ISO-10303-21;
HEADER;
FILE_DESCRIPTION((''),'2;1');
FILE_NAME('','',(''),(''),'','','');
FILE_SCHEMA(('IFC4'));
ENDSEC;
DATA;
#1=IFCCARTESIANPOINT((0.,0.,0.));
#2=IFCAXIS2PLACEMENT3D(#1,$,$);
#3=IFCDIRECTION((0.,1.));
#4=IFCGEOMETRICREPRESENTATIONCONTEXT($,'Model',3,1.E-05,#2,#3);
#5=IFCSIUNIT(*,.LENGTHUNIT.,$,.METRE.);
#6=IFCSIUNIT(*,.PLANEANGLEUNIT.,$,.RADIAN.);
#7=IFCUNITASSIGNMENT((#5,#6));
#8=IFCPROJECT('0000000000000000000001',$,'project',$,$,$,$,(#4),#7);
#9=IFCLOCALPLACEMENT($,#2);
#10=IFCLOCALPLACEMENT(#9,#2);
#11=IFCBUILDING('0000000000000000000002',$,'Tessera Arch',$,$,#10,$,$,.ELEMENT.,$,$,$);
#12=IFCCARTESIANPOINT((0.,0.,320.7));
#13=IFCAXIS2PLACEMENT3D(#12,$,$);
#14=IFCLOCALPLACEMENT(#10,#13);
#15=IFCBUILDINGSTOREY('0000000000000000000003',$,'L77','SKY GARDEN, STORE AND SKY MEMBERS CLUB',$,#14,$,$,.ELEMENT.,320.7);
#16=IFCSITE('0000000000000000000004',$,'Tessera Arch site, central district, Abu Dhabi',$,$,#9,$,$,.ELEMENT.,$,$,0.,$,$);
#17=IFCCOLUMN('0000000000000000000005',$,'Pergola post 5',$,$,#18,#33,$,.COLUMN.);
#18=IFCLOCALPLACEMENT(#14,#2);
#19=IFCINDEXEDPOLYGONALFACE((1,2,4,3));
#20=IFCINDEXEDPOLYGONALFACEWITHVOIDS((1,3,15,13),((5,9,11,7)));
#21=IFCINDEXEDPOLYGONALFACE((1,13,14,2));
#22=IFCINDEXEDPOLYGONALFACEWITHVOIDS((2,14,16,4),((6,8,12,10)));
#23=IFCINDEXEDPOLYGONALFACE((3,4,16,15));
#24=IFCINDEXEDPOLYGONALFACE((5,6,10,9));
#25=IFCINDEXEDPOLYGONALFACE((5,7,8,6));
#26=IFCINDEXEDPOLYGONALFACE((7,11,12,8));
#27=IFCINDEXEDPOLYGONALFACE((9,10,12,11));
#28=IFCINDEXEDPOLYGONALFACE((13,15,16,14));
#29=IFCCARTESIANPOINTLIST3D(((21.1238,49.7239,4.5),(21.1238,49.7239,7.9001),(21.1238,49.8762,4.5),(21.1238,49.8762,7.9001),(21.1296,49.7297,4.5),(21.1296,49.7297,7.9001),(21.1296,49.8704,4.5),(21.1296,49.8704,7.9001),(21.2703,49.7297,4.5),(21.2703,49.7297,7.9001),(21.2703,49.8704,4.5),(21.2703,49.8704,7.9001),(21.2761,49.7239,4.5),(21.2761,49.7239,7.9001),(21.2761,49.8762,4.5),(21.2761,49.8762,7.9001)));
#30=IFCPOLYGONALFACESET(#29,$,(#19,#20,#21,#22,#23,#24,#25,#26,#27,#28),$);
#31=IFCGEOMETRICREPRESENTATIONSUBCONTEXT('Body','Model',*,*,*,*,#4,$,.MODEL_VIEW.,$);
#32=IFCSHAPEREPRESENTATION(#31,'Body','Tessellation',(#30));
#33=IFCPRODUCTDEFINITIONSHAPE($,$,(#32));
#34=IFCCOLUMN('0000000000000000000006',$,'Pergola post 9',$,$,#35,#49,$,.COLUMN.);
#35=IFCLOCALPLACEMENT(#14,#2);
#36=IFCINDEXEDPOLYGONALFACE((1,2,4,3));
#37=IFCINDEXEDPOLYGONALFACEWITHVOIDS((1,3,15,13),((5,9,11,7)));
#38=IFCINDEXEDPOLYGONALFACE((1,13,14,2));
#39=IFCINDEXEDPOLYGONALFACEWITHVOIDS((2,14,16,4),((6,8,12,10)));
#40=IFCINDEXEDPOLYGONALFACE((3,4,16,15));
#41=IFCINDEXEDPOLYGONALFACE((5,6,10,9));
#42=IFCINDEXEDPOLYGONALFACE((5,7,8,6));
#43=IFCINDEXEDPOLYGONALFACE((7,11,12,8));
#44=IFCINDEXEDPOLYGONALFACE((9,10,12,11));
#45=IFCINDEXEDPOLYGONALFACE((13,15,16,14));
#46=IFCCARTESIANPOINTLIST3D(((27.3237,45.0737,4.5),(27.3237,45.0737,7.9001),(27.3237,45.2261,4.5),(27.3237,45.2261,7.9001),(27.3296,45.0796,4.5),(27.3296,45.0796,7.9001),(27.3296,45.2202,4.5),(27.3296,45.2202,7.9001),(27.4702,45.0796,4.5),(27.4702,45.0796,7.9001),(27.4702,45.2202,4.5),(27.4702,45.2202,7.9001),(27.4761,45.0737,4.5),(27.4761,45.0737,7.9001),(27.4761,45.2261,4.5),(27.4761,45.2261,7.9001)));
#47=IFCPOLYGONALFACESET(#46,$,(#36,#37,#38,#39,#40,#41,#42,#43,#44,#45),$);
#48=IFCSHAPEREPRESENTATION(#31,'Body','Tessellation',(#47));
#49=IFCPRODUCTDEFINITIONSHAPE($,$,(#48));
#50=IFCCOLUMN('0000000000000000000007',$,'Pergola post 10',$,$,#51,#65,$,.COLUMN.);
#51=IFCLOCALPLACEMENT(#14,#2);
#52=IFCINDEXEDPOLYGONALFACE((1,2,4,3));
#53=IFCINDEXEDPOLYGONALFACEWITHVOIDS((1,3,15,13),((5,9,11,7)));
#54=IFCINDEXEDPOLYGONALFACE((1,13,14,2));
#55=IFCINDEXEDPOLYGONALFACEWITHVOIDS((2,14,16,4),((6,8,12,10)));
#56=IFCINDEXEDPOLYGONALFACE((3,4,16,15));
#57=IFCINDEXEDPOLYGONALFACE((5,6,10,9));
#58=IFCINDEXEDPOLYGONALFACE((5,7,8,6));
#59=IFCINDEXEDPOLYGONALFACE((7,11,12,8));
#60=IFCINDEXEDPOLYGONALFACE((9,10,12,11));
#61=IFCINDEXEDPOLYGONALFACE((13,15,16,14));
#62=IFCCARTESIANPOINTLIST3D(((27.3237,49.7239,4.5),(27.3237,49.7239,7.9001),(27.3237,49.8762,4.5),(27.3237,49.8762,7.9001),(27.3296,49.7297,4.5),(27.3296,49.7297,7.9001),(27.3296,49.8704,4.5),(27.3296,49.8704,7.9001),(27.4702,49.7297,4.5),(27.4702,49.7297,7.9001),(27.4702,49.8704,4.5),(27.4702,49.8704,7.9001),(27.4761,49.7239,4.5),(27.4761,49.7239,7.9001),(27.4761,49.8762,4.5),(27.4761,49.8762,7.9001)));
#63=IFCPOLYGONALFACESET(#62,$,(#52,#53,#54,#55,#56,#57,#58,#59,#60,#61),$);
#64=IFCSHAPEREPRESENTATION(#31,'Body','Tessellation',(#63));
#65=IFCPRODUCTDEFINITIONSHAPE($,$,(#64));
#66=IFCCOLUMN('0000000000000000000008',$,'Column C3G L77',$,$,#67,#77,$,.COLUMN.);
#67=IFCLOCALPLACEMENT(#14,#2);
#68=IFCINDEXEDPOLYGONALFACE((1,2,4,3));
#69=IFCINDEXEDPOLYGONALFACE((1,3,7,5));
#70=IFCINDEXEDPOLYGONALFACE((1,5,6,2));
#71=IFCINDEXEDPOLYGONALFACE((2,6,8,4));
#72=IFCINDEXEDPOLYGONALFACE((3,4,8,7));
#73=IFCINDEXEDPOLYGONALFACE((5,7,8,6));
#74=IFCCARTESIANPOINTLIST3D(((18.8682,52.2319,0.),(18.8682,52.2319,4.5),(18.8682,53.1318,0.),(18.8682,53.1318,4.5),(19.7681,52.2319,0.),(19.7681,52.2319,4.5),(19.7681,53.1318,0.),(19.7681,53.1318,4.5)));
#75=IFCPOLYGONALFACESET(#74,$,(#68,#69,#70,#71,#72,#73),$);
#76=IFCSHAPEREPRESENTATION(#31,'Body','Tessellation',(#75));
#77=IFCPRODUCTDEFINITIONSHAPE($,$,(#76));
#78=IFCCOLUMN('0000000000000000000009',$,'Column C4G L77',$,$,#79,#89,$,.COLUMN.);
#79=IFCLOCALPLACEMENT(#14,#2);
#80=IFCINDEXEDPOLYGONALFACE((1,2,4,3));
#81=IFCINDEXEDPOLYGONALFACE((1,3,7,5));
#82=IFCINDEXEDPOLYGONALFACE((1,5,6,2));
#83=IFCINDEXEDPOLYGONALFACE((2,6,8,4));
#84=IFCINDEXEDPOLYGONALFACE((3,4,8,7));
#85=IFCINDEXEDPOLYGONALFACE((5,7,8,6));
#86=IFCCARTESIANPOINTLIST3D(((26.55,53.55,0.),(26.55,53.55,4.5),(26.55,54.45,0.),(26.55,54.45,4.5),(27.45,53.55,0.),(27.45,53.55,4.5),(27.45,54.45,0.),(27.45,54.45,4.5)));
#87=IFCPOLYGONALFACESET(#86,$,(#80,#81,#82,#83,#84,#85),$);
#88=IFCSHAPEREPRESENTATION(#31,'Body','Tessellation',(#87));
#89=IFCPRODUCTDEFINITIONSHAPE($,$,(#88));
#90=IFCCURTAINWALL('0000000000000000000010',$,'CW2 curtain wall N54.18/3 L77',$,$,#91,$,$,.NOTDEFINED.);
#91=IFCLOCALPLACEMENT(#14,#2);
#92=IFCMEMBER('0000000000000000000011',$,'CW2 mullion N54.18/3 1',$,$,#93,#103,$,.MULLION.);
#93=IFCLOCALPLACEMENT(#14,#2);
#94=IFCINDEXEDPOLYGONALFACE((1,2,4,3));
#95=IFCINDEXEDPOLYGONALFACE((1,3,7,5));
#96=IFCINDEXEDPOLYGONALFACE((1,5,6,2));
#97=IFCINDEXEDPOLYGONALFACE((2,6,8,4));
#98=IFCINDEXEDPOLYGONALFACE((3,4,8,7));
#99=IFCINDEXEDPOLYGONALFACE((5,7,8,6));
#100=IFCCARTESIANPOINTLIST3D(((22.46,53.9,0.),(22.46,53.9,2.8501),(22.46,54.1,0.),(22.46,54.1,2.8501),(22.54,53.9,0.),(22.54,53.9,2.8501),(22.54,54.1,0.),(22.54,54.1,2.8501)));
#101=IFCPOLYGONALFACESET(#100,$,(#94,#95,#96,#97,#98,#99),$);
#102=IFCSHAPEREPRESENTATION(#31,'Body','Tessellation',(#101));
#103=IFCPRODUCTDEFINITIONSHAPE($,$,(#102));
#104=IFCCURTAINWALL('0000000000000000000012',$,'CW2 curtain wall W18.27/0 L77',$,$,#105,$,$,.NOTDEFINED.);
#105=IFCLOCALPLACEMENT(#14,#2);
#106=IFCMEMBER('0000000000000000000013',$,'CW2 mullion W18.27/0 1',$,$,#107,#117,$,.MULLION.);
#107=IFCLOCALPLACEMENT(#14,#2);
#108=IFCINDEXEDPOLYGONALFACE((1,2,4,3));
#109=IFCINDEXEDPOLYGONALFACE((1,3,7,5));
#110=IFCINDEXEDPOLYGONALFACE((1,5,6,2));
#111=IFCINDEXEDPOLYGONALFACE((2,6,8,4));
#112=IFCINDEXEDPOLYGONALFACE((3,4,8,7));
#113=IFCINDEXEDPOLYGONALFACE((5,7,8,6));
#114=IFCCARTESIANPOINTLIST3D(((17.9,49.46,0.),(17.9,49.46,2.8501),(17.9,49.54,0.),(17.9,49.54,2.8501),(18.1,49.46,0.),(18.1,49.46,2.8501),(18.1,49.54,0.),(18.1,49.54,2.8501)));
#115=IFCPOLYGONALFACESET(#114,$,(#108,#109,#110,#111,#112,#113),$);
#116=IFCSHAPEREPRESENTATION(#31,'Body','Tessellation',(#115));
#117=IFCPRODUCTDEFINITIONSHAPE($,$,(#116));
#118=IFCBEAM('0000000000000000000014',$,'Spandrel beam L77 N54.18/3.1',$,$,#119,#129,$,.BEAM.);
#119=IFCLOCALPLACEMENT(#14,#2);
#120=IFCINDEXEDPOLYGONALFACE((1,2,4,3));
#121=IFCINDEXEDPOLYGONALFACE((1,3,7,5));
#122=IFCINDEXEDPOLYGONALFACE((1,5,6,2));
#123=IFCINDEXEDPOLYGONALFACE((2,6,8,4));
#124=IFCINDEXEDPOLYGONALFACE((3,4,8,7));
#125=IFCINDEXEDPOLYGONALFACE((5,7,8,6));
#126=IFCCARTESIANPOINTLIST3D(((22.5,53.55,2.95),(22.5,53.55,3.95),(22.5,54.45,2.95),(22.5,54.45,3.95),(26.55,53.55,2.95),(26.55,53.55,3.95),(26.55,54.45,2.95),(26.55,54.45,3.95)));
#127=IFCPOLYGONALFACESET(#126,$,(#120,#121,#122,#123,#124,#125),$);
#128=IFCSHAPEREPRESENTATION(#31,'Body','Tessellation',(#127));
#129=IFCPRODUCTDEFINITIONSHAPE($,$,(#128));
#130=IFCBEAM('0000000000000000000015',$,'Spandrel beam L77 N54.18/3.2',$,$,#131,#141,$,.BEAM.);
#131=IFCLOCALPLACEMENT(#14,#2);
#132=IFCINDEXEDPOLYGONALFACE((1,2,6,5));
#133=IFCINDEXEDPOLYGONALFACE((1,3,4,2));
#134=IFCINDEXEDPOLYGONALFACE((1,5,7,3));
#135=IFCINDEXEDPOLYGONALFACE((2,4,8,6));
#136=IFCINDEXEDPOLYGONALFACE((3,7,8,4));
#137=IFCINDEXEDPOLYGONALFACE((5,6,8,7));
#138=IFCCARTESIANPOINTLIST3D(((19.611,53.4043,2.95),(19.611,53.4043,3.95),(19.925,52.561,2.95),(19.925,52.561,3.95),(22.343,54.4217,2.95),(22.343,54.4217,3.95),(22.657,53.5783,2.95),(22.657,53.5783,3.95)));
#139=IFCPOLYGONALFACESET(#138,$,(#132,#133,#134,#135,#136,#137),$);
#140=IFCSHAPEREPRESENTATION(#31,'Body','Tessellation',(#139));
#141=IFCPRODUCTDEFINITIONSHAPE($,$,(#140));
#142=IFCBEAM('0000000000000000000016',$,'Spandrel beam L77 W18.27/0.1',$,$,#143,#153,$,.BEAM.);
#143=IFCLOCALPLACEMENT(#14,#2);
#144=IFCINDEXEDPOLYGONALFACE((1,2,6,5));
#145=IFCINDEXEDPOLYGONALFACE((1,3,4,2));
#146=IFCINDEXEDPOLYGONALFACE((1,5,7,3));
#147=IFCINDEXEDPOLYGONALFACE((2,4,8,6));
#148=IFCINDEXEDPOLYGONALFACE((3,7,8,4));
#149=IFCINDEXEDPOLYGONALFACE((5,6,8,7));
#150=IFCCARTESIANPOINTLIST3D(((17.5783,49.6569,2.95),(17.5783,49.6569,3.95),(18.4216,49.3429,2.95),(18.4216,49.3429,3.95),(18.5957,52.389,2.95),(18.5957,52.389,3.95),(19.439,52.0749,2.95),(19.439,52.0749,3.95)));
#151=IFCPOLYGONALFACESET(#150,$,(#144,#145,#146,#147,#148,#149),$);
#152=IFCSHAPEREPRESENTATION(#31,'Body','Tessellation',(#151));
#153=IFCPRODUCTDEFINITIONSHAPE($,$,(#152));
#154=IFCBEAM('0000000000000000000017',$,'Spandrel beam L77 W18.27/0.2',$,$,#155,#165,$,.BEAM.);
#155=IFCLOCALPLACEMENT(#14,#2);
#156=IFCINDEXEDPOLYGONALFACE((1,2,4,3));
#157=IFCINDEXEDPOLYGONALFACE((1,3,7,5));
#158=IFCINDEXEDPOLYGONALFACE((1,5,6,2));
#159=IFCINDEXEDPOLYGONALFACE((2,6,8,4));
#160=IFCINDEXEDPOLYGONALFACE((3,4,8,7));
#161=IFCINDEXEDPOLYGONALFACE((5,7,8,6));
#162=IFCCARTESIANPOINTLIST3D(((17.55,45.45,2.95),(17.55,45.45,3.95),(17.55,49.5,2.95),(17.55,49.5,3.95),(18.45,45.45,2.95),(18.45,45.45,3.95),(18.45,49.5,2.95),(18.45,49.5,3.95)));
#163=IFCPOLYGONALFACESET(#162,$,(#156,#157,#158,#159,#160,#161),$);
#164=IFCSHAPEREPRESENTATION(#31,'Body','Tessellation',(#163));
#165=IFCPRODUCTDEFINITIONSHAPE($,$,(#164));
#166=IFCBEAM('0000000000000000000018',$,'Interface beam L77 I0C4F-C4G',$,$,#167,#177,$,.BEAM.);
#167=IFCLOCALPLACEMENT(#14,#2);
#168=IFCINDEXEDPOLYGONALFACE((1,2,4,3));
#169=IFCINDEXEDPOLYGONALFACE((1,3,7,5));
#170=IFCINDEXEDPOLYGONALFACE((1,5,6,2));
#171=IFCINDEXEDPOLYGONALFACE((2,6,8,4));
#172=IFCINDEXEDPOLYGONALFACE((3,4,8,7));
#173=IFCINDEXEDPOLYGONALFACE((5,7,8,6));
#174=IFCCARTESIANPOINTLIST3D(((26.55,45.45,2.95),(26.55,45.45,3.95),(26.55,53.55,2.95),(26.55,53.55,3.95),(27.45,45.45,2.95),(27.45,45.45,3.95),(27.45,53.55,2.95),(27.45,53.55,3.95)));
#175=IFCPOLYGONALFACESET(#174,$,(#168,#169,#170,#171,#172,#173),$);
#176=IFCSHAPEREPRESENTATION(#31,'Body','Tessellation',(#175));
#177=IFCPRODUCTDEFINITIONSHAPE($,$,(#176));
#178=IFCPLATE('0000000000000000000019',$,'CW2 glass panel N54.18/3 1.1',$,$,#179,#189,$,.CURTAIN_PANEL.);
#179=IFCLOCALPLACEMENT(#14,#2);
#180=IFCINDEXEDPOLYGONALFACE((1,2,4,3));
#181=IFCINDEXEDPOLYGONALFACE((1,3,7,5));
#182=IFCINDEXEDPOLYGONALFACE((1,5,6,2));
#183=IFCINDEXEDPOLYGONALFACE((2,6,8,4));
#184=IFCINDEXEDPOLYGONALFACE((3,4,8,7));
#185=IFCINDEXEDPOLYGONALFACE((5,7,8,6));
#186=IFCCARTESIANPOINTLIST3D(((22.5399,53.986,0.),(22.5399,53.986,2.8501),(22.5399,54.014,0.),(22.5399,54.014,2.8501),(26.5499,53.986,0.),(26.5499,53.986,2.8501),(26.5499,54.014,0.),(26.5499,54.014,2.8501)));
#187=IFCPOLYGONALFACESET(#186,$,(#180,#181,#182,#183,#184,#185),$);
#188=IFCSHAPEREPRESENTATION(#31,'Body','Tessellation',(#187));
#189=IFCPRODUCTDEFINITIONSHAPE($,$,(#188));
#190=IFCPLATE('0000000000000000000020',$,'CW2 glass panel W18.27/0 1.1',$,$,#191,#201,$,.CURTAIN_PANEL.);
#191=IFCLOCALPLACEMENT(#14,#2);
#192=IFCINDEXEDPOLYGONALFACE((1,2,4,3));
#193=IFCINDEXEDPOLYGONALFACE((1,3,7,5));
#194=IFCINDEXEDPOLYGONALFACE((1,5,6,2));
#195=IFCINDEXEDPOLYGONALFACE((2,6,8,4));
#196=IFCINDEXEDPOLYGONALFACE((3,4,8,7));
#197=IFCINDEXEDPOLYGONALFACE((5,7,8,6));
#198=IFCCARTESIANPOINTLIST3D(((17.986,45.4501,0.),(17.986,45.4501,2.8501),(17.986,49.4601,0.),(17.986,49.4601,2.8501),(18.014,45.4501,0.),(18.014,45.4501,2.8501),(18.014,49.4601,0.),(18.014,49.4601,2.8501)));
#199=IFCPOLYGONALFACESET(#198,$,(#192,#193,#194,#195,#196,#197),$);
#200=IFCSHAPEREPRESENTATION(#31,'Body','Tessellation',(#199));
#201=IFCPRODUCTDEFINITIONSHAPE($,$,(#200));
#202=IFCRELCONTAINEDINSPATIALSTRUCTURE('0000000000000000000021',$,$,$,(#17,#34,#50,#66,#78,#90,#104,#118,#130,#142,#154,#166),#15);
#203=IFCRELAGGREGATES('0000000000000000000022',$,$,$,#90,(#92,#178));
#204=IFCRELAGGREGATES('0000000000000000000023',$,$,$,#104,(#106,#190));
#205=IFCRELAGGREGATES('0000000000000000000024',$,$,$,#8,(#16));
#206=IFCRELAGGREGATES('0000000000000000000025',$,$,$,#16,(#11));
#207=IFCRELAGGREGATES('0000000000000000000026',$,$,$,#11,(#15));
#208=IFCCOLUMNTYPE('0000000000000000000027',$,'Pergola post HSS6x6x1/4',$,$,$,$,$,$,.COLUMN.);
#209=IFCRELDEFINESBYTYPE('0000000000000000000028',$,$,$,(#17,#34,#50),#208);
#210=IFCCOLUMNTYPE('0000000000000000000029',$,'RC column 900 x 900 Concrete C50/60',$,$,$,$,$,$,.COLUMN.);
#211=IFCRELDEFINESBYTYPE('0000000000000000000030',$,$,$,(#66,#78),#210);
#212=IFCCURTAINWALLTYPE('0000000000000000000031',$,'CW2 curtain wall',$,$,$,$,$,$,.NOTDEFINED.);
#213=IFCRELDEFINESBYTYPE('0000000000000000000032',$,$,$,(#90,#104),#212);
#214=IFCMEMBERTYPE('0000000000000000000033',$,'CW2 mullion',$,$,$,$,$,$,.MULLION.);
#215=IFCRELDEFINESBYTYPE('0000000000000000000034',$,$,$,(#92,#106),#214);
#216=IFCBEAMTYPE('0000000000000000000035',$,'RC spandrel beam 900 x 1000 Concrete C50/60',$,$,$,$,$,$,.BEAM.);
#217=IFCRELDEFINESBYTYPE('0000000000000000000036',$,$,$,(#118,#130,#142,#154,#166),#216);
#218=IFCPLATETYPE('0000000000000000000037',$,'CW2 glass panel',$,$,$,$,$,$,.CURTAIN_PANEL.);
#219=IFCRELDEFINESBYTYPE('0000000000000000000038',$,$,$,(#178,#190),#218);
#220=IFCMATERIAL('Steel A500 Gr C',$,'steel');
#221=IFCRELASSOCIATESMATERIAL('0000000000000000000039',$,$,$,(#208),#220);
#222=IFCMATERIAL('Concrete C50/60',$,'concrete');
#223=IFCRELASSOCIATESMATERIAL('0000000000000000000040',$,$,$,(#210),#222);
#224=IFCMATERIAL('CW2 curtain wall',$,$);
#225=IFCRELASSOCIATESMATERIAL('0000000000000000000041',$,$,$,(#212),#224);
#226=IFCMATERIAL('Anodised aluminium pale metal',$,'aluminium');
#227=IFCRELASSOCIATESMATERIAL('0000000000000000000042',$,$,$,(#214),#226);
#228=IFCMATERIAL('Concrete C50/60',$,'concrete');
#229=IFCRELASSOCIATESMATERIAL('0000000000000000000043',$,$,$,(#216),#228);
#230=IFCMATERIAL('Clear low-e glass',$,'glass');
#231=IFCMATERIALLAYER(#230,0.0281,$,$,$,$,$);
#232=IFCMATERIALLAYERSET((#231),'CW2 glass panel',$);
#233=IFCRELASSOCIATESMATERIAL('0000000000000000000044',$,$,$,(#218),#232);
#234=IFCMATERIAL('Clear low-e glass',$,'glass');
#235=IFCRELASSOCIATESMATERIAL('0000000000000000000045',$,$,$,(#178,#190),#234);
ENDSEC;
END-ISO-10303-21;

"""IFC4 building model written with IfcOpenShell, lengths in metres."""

from ifc_helpers import new_model, si_unit, direction, frame, origin, origin_2d, place, context, subcontext, project, spatial, rectangle, hollow_rectangle, extrude, material, layer, layer_set, material_profile, profile_set, type_object, element, aggregate, save


model = new_model("IFC4")

# Units and contexts
model_context = context("Model", 3, precision=1e-05, world=origin(), true_north=direction((0.0, 1.0)))
body_context = subcontext(model_context, "Body", "Model", "MODEL_VIEW")
ifc_project = project(units=[si_unit("LENGTHUNIT", "METRE"), si_unit("PLANEANGLEUNIT", "RADIAN")], contexts=[model_context])

# Site, building, storey
site_placement = place(None, origin())
site = spatial("IfcSite", under=ifc_project, at=site_placement, Name="Tessera Arch site, central district, Abu Dhabi", CompositionType="ELEMENT", RefElevation=0.0)
building_placement = place(site_placement, origin())
building = spatial("IfcBuilding", under=site, at=building_placement, Name="Tessera Arch", CompositionType="ELEMENT")
storey_placement = place(building_placement, frame((0.0, 0.0, 320.7)))
storey = spatial("IfcBuildingStorey", under=building, at=storey_placement, Name="L77", Description="SKY GARDEN, STORE AND SKY MEMBERS CLUB", CompositionType="ELEMENT", Elevation=320.7)

# Columns
ifc_material_1 = material(Name="Steel A500 Gr C", Category="steel")
ifc_material_profile_1 = material_profile(ifc_material_1, hollow_rectangle(XDim=0.1523, YDim=0.1523, WallThickness=0.0059, at=origin_2d()), Name="HSS6x6x1/4")
ifc_profile_set_1 = profile_set([ifc_material_profile_1], Name="Steel A500 Gr C")
column_type_1 = type_object("IfcColumnType", Name="Pergola post HSS6x6x1/4", PredefinedType="COLUMN", material=ifc_profile_set_1)
for number, where, z_axis, x_axis, name in (
    (1, (21.2, 49.8, 4.5), (0.0, 0.0, 1.0), (1.0, 0.0, 0.0), "Pergola post 5"),
    (2, (27.3999, 45.1499, 4.5), (0.0, 0.0, 1.0), (1.0, 0.0, 0.0), "Pergola post 9"),
    (3, (27.3999, 49.8, 4.5), (0.0, 0.0, 1.0), (1.0, 0.0, 0.0), "Pergola post 10"),
):
    element("IfcColumn", number, at=place(storey_placement, frame(where, z_axis=z_axis, x_axis=x_axis)), inside=storey, type_object=column_type_1, Name=name, PredefinedType="COLUMN", context=body_context, shape_type="SweptSolid", body=[
        extrude(hollow_rectangle(XDim=0.1523, YDim=0.1523, WallThickness=0.0059, at=origin_2d()), origin(), (0.0, 0.0, 1.0), 3.4001),
    ])
ifc_material_2 = material(Name="Concrete C50/60", Category="concrete")
ifc_material_profile_2 = material_profile(ifc_material_2, rectangle(XDim=0.8999, YDim=0.8999, at=origin_2d()), Name="RC column 900 x 900 Concrete C50/60")
ifc_profile_set_2 = profile_set([ifc_material_profile_2], Name="Concrete C50/60")
column_type_2 = type_object("IfcColumnType", Name="RC column 900 x 900 Concrete C50/60", PredefinedType="COLUMN", material=ifc_profile_set_2)
for number, where, z_axis, x_axis, name in (
    (4, (19.3181, 52.6819, 0.0), (0.0, 0.0, 1.0), (1.0, 0.0, 0.0), "Column C3G L77"),
    (5, (27.0, 54.0, 0.0), (0.0, 0.0, 1.0), (1.0, 0.0, 0.0), "Column C4G L77"),
):
    element("IfcColumn", number, at=place(storey_placement, frame(where, z_axis=z_axis, x_axis=x_axis)), inside=storey, type_object=column_type_2, Name=name, PredefinedType="COLUMN", context=body_context, shape_type="SweptSolid", body=[
        extrude(rectangle(XDim=0.8999, YDim=0.8999, at=origin_2d()), origin(), (0.0, 0.0, 1.0), 4.5),
    ])

# Curtain walls, members
ifc_material_3 = material(Name="CW2 curtain wall")
curtain_wall_type_1 = type_object("IfcCurtainWallType", Name="CW2 curtain wall", PredefinedType="NOTDEFINED", material=ifc_material_3)
curtain_wall_1_placement = place(storey_placement, origin())
curtain_wall_1 = element("IfcCurtainWall", 6, at=curtain_wall_1_placement, inside=storey, type_object=curtain_wall_type_1, Name="CW2 curtain wall N54.18/3 L77", PredefinedType="NOTDEFINED")
ifc_material_4 = material(Name="Anodised aluminium pale metal", Category="aluminium")
ifc_material_profile_3 = material_profile(ifc_material_4, rectangle(XDim=0.2, YDim=0.0801, at=origin_2d()), Name="AL 80x200")
ifc_profile_set_3 = profile_set([ifc_material_profile_3], Name="Anodised aluminium pale metal")
member_type = type_object("IfcMemberType", Name="CW2 mullion", PredefinedType="MULLION", material=ifc_profile_set_3)
member_1_placement = place(storey_placement, frame((22.5, 54.0, 0.0), z_axis=(0.0, 0.0, 1.0), x_axis=(0.0, -1.0, 0.0)))
member_1 = element("IfcMember", 7, at=member_1_placement, type_object=member_type, Name="CW2 mullion N54.18/3 1", PredefinedType="MULLION", context=body_context, shape_type="SweptSolid", body=[
    extrude(rectangle(XDim=0.2, YDim=0.0801, at=origin_2d()), origin(), (0.0, 0.0, 1.0), 2.8501),
])
curtain_wall_2_placement = place(storey_placement, origin())
curtain_wall_2 = element("IfcCurtainWall", 8, at=curtain_wall_2_placement, inside=storey, type_object=curtain_wall_type_1, Name="CW2 curtain wall W18.27/0 L77", PredefinedType="NOTDEFINED")
member_2_placement = place(storey_placement, frame((18.0, 49.5, 0.0), z_axis=(0.0, 0.0, 1.0), x_axis=(1.0, 0.0, 0.0)))
member_2 = element("IfcMember", 9, at=member_2_placement, type_object=member_type, Name="CW2 mullion W18.27/0 1", PredefinedType="MULLION", context=body_context, shape_type="SweptSolid", body=[
    extrude(rectangle(XDim=0.2, YDim=0.0801, at=origin_2d()), origin(), (0.0, 0.0, 1.0), 2.8501),
])

# Beams
ifc_material_5 = material(Name="Concrete C50/60", Category="concrete")
ifc_material_profile_4 = material_profile(ifc_material_5, rectangle(XDim=0.8999, YDim=1.0, at=origin_2d()), Name="RC spandrel beam 900 x 1000 Concrete C50/60")
ifc_profile_set_4 = profile_set([ifc_material_profile_4], Name="Concrete C50/60")
beam_type = type_object("IfcBeamType", Name="RC spandrel beam 900 x 1000 Concrete C50/60", PredefinedType="BEAM", material=ifc_profile_set_4)
beam_1_placement = place(storey_placement, frame((26.55, 54.0, 3.45), z_axis=(-1.0, 0.0, 0.0), x_axis=(0.0, -1.0, 0.0)))
element("IfcBeam", 10, at=beam_1_placement, inside=storey, type_object=beam_type, Name="Spandrel beam L77 N54.18/3.1", PredefinedType="BEAM", context=body_context, shape_type="SweptSolid", body=[
    extrude(rectangle(XDim=0.8999, YDim=1.0, at=origin_2d()), origin(), (0.0, 0.0, 1.0), 4.05),
])
for number, where, z_axis, x_axis, name in (
    (11, (22.5, 54.0, 3.45), (-0.937132, -0.348975, 0.0), (0.348975, -0.937132, 0.0), "Spandrel beam L77 N54.18/3.2"),
    (12, (19.0173, 52.2319, 3.45), (-0.348975, -0.937132, 0.0), (0.937132, -0.348975, 0.0), "Spandrel beam L77 W18.27/0.1"),
):
    element("IfcBeam", number, at=place(storey_placement, frame(where, z_axis=z_axis, x_axis=x_axis)), inside=storey, type_object=beam_type, Name=name, PredefinedType="BEAM", context=body_context, shape_type="SweptSolid", body=[
        extrude(rectangle(XDim=0.8999, YDim=1.0, at=origin_2d()), origin(), (0.0, 0.0, 1.0), 2.9153),
    ])
beam_2_placement = place(storey_placement, frame((18.0, 49.5, 3.45), z_axis=(0.0, -1.0, 0.0), x_axis=(1.0, 0.0, 0.0)))
element("IfcBeam", 13, at=beam_2_placement, inside=storey, type_object=beam_type, Name="Spandrel beam L77 W18.27/0.2", PredefinedType="BEAM", context=body_context, shape_type="SweptSolid", body=[
    extrude(rectangle(XDim=0.8999, YDim=1.0, at=origin_2d()), origin(), (0.0, 0.0, 1.0), 4.05),
])
beam_3_placement = place(storey_placement, frame((27.0, 45.45, 3.45), z_axis=(0.0, 1.0, 0.0), x_axis=(-1.0, 0.0, 0.0)))
element("IfcBeam", 14, at=beam_3_placement, inside=storey, type_object=beam_type, Name="Interface beam L77 I0C4F-C4G", PredefinedType="BEAM", context=body_context, shape_type="SweptSolid", body=[
    extrude(rectangle(XDim=0.8999, YDim=1.0, at=origin_2d()), origin(), (0.0, 0.0, 1.0), 8.1001),
])

# Plates
ifc_material_6 = material(Name="Clear low-e glass", Category="glass")
ifc_material_7 = material(Name="Clear low-e glass", Category="glass")
ifc_layer_1 = layer(ifc_material_7, 0.0281)
ifc_layer_set_1 = layer_set([ifc_layer_1], Name="CW2 glass panel")
plate_type_1 = type_object("IfcPlateType", Name="CW2 glass panel", PredefinedType="CURTAIN_PANEL", material=ifc_layer_set_1)
plate_1_placement = place(storey_placement, frame((24.5449, 54.0, 0.0), z_axis=(0.0, 0.0, 1.0), x_axis=(-1.0, 0.0, 0.0)))
plate_1 = element("IfcPlate", 15, at=plate_1_placement, type_object=plate_type_1, material=ifc_material_6, Name="CW2 glass panel N54.18/3 1.1", PredefinedType="CURTAIN_PANEL", context=body_context, shape_type="SweptSolid", body=[
    extrude(rectangle(XDim=4.01, YDim=0.0281, at=origin_2d()), origin(), (0.0, 0.0, 1.0), 2.8501),
])
aggregate(curtain_wall_1, [member_1, plate_1])
plate_2_placement = place(storey_placement, frame((18.0, 47.4551, 0.0), z_axis=(0.0, 0.0, 1.0), x_axis=(0.0, -1.0, 0.0)))
plate_2 = element("IfcPlate", 16, at=plate_2_placement, type_object=plate_type_1, material=ifc_material_6, Name="CW2 glass panel W18.27/0 1.1", PredefinedType="CURTAIN_PANEL", context=body_context, shape_type="SweptSolid", body=[
    extrude(rectangle(XDim=4.01, YDim=0.0281, at=origin_2d()), origin(), (0.0, 0.0, 1.0), 2.8501),
])
aggregate(curtain_wall_2, [member_2, plate_2])

save(model, "model.ifc")
